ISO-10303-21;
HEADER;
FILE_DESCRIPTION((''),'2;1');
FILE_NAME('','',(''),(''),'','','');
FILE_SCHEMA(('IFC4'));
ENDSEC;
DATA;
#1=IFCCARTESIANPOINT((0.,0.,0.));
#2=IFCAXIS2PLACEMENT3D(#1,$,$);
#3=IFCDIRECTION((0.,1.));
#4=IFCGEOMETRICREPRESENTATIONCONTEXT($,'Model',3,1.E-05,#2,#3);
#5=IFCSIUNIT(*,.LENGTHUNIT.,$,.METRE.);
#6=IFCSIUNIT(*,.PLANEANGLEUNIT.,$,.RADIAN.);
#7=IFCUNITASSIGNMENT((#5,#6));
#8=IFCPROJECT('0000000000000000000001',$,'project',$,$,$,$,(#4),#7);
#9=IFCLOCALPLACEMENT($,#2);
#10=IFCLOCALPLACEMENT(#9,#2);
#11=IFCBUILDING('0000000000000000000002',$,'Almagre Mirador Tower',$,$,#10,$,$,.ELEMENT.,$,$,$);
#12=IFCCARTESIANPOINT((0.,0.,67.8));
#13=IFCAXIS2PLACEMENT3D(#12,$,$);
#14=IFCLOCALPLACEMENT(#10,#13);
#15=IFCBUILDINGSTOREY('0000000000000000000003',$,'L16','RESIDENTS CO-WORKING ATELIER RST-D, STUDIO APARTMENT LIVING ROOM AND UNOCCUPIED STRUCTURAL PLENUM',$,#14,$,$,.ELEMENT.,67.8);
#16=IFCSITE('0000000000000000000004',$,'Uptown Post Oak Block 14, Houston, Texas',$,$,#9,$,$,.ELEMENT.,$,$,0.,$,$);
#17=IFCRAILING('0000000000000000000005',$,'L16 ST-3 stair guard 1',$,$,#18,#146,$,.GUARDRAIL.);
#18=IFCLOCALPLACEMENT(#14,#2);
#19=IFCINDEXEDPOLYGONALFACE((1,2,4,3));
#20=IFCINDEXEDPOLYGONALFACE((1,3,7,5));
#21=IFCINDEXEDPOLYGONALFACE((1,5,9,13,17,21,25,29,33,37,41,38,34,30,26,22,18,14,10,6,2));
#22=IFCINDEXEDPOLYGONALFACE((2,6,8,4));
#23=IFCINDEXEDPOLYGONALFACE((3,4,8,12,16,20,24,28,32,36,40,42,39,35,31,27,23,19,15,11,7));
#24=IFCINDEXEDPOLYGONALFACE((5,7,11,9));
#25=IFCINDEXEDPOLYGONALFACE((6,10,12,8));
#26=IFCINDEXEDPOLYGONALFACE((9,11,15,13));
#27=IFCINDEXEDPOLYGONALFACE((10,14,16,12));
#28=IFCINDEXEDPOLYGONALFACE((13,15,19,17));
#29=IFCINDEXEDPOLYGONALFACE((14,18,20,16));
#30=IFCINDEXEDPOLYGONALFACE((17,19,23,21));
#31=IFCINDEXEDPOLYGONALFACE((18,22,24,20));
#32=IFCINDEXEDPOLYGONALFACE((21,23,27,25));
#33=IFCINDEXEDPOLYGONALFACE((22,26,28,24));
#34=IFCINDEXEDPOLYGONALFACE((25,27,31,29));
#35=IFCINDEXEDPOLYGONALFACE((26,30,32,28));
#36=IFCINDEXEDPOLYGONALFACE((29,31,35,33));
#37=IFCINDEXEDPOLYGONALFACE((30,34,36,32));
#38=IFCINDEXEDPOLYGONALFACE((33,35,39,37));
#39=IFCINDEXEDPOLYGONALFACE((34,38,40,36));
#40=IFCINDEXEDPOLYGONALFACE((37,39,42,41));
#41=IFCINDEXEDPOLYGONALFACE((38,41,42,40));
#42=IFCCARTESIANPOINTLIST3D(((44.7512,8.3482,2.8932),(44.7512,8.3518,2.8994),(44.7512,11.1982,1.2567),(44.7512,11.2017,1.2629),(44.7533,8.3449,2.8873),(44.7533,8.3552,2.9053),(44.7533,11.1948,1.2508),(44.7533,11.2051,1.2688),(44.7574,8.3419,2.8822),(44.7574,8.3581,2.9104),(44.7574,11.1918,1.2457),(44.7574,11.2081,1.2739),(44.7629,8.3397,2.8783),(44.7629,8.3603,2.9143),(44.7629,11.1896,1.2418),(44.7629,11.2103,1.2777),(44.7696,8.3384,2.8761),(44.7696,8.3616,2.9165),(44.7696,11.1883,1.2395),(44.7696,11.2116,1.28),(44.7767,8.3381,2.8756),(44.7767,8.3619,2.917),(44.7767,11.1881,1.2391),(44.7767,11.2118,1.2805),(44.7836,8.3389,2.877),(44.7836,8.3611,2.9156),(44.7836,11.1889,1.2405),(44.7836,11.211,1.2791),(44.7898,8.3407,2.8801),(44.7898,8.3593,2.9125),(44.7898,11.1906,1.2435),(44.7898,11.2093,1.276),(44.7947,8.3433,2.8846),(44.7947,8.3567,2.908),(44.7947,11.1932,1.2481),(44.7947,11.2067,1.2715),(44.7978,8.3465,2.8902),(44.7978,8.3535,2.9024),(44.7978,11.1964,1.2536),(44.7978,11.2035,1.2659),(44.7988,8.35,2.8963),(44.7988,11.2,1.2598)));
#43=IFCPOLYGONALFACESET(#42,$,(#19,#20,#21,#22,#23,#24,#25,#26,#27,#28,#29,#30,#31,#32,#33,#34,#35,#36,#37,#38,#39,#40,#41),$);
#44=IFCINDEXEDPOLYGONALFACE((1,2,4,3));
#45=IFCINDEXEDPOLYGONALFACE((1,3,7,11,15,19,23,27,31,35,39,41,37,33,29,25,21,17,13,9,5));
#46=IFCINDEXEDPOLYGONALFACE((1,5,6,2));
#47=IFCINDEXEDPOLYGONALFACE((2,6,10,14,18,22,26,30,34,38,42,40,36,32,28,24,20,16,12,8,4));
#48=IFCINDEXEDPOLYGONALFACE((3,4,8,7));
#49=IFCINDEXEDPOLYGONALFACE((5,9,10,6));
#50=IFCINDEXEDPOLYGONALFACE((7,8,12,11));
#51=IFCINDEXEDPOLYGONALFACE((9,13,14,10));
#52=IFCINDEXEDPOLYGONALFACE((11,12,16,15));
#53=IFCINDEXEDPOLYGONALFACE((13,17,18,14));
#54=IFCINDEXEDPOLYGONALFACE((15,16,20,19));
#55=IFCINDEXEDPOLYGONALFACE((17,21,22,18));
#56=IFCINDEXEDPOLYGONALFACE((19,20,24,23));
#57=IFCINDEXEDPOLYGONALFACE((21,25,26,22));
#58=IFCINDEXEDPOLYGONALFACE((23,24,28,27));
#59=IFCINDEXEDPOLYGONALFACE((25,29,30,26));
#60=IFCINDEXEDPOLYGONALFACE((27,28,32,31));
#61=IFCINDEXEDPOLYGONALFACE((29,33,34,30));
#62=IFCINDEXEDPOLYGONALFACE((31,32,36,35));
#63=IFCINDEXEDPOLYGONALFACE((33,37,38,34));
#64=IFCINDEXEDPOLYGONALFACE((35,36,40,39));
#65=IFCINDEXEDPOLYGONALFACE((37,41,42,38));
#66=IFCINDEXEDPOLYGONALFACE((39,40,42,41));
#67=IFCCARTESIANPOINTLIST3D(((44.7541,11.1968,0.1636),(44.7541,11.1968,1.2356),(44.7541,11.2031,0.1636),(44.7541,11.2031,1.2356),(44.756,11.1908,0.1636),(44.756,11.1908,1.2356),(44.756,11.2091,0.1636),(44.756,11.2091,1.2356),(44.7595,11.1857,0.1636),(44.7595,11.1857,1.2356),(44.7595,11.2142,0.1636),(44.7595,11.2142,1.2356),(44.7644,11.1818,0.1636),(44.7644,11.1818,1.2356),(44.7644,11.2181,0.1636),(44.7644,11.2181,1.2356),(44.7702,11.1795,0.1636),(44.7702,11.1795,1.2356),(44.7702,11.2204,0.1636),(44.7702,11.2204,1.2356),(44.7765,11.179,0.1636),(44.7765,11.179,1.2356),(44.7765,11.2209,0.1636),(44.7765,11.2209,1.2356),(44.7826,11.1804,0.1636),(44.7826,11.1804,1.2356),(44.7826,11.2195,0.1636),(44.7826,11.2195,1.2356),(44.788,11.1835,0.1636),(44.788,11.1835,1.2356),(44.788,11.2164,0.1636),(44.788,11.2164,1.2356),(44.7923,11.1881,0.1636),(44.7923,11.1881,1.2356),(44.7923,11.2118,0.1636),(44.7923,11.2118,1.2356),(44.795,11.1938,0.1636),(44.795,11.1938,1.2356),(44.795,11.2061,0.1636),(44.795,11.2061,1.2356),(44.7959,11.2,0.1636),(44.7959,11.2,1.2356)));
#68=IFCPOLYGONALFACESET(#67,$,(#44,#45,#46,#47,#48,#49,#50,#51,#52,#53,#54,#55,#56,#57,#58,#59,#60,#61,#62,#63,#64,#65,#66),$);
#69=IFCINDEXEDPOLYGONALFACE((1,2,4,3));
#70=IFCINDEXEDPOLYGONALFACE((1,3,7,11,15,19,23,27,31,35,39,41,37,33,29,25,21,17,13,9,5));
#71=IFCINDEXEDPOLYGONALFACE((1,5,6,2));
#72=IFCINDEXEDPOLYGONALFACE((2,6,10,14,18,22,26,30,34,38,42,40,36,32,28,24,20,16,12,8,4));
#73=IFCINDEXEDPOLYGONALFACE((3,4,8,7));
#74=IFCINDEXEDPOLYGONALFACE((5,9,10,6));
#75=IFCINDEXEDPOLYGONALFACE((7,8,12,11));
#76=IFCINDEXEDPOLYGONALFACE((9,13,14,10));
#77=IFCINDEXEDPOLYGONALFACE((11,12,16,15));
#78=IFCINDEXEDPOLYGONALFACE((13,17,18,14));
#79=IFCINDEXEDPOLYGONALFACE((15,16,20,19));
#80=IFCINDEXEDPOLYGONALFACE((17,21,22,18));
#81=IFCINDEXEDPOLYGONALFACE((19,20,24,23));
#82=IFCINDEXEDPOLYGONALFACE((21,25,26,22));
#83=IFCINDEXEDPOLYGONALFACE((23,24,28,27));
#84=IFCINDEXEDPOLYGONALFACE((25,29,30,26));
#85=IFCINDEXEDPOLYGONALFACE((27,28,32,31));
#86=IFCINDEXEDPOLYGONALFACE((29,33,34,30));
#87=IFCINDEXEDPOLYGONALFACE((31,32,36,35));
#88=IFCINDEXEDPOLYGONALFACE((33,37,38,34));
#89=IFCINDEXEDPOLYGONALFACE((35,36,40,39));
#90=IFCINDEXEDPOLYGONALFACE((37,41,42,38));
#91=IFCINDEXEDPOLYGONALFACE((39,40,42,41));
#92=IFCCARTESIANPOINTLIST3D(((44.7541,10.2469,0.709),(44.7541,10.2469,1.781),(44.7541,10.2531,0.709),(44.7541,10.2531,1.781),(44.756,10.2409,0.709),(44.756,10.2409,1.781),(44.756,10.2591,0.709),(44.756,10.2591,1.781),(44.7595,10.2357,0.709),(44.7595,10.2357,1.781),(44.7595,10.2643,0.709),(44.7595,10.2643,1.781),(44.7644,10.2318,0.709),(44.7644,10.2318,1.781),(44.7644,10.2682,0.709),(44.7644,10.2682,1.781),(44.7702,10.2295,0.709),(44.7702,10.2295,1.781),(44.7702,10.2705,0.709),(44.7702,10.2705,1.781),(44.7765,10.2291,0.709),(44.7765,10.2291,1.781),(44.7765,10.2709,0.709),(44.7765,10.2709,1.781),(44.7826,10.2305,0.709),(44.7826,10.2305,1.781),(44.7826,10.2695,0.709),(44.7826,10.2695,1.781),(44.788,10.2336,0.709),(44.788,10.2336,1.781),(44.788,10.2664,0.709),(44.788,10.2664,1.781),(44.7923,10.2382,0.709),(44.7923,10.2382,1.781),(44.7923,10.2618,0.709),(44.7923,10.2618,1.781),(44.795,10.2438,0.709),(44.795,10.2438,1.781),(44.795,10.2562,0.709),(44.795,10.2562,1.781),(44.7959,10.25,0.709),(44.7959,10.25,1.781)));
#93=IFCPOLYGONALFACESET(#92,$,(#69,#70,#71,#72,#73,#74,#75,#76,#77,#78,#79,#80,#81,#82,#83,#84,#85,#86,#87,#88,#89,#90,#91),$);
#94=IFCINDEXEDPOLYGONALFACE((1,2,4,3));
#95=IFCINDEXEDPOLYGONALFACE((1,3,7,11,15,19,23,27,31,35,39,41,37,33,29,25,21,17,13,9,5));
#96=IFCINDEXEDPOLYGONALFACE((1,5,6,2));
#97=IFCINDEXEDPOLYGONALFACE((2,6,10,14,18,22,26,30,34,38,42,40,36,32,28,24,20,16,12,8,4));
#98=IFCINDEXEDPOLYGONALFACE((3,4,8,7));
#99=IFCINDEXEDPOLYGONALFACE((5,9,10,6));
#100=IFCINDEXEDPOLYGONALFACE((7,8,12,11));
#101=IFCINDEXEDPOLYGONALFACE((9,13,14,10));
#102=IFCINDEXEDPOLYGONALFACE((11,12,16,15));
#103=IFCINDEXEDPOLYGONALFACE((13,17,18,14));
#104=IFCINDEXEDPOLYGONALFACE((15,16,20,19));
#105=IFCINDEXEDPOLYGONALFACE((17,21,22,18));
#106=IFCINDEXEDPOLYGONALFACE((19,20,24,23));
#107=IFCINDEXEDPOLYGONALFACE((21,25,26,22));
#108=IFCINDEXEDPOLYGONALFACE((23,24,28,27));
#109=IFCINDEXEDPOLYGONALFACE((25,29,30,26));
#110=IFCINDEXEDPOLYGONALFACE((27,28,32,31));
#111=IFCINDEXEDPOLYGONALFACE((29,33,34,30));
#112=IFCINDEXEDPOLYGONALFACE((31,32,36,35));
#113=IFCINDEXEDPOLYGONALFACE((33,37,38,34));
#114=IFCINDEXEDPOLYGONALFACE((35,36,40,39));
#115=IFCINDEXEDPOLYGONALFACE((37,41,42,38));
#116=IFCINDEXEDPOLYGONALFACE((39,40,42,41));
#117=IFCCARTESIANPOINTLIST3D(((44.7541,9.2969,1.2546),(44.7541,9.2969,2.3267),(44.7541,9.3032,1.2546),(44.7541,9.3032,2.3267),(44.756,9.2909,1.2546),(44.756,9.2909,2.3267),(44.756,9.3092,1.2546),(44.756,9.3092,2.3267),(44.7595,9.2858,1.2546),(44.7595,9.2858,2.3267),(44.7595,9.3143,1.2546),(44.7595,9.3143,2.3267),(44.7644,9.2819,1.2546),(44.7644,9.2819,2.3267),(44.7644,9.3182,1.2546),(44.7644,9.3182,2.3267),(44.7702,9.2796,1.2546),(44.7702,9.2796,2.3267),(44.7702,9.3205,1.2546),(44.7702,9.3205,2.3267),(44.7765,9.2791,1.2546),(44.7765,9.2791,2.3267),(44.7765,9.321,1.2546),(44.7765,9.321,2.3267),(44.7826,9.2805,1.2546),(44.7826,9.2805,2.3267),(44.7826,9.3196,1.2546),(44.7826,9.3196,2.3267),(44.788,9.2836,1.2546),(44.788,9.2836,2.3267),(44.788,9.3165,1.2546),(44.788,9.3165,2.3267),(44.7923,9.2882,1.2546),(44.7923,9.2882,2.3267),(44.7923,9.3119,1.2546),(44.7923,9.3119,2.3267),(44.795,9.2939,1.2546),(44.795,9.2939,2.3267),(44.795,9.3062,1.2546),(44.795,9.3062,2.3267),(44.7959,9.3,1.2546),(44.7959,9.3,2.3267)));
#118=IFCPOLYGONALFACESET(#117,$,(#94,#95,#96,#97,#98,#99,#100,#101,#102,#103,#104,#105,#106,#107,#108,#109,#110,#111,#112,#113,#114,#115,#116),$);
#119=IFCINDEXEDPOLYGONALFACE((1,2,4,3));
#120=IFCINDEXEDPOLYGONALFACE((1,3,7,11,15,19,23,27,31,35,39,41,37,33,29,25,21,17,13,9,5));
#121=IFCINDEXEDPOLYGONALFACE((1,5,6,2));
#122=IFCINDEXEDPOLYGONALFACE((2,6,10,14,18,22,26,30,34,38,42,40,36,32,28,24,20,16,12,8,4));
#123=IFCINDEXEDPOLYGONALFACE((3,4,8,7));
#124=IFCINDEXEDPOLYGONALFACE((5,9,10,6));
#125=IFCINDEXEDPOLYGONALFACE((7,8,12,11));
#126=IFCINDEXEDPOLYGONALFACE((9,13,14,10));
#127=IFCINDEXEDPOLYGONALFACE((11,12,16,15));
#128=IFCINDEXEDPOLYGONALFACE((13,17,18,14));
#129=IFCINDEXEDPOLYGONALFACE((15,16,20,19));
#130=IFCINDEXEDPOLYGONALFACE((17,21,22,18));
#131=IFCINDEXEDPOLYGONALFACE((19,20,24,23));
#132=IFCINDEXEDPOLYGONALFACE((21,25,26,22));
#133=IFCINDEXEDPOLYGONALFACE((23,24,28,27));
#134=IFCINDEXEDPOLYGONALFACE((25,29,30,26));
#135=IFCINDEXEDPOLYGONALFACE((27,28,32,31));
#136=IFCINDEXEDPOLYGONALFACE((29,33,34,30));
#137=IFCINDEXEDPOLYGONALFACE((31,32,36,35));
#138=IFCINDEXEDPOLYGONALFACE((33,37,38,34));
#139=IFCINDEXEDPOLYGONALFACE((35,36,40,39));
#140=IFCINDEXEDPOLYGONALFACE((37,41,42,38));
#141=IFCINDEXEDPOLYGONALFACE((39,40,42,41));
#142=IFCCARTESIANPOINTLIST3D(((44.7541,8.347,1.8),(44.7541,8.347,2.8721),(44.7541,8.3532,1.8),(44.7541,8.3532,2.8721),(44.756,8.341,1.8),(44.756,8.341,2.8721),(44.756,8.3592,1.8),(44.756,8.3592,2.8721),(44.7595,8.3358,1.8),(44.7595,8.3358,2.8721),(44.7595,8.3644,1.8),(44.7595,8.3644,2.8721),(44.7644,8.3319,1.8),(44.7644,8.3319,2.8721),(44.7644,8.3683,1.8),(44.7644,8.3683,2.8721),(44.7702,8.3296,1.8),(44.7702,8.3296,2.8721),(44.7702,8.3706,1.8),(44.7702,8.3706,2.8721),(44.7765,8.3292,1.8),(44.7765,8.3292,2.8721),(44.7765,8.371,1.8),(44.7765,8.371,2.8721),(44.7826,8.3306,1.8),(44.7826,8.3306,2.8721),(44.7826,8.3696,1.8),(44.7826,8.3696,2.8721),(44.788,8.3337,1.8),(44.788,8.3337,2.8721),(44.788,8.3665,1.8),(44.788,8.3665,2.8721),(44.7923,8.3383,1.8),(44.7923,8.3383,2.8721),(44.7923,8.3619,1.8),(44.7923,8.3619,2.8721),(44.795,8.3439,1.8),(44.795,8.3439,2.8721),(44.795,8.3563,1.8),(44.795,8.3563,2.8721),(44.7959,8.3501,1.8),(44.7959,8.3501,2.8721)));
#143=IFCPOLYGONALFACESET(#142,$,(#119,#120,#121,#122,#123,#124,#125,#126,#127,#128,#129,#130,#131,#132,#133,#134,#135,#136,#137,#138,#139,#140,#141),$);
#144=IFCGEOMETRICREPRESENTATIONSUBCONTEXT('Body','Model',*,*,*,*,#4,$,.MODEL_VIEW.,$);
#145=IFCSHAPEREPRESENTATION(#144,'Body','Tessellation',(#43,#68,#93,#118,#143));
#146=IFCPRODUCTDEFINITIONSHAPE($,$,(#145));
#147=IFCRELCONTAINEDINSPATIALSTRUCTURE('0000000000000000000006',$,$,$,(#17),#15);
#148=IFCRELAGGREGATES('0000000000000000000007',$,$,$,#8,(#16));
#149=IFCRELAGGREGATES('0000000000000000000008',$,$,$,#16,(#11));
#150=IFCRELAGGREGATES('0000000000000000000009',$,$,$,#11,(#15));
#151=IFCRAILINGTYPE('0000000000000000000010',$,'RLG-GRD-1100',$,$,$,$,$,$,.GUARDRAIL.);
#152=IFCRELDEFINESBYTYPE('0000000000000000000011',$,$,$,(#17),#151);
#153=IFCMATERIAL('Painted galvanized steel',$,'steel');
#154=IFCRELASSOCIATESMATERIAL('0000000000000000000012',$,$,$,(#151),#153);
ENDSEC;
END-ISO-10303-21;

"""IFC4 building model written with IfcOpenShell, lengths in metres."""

from ifc_helpers import new_model, si_unit, direction, frame, origin, origin_2d, place, context, subcontext, project, spatial, circle, extrude, material, type_object, element, save


model = new_model("IFC4")

# Units and contexts
model_context = context("Model", 3, precision=1e-05, world=origin(), true_north=direction((0.0, 1.0)))
body_context = subcontext(model_context, "Body", "Model", "MODEL_VIEW")
ifc_project = project(units=[si_unit("LENGTHUNIT", "METRE"), si_unit("PLANEANGLEUNIT", "RADIAN")], contexts=[model_context])

# Site, building, storey
site_placement = place(None, origin())
site = spatial("IfcSite", under=ifc_project, at=site_placement, Name="Uptown Post Oak Block 14, Houston, Texas", CompositionType="ELEMENT", RefElevation=0.0)
building_placement = place(site_placement, origin())
building = spatial("IfcBuilding", under=site, at=building_placement, Name="Almagre Mirador Tower", CompositionType="ELEMENT")
storey_placement = place(building_placement, frame((0.0, 0.0, 67.8)))
storey = spatial("IfcBuildingStorey", under=building, at=storey_placement, Name="L16", Description="RESIDENTS CO-WORKING ATELIER RST-D, STUDIO APARTMENT LIVING ROOM AND UNOCCUPIED STRUCTURAL PLENUM", CompositionType="ELEMENT", Elevation=67.8)

# Railing
ifc_material_1 = material(Name="Painted galvanized steel", Category="steel")
railing_type_1 = type_object("IfcRailingType", Name="RLG-GRD-1100", PredefinedType="GUARDRAIL", material=ifc_material_1)
railing_1_placement = place(storey_placement, frame((44.7749, 11.2, 0.1636)))
element("IfcRailing", 1, at=railing_1_placement, inside=storey, type_object=railing_type_1, Name="L16 ST-3 stair guard 1", PredefinedType="GUARDRAIL", context=body_context, shape_type="SweptSolid", body=[
    extrude(circle(Radius=0.0239, at=origin_2d()), frame((0.0, 0.0, 1.0962), z_axis=(0.0, -0.867194, 0.49797), x_axis=(1.0, 0.0, 0.0)), (0.0, 0.0, 1.0), 3.2864),
    extrude(circle(Radius=0.021, at=origin_2d()), origin(), (0.0, 0.0, 1.0), 1.072),
    extrude(circle(Radius=0.021, at=origin_2d()), frame((0.0, -0.95, 0.5454)), (0.0, 0.0, 1.0), 1.072),
    extrude(circle(Radius=0.021, at=origin_2d()), frame((0.0, -1.8999, 1.0911)), (0.0, 0.0, 1.0), 1.072),
    extrude(circle(Radius=0.021, at=origin_2d()), frame((0.0, -2.8499, 1.6365)), (0.0, 0.0, 1.0), 1.072),
])

save(model, "model.ifc")
